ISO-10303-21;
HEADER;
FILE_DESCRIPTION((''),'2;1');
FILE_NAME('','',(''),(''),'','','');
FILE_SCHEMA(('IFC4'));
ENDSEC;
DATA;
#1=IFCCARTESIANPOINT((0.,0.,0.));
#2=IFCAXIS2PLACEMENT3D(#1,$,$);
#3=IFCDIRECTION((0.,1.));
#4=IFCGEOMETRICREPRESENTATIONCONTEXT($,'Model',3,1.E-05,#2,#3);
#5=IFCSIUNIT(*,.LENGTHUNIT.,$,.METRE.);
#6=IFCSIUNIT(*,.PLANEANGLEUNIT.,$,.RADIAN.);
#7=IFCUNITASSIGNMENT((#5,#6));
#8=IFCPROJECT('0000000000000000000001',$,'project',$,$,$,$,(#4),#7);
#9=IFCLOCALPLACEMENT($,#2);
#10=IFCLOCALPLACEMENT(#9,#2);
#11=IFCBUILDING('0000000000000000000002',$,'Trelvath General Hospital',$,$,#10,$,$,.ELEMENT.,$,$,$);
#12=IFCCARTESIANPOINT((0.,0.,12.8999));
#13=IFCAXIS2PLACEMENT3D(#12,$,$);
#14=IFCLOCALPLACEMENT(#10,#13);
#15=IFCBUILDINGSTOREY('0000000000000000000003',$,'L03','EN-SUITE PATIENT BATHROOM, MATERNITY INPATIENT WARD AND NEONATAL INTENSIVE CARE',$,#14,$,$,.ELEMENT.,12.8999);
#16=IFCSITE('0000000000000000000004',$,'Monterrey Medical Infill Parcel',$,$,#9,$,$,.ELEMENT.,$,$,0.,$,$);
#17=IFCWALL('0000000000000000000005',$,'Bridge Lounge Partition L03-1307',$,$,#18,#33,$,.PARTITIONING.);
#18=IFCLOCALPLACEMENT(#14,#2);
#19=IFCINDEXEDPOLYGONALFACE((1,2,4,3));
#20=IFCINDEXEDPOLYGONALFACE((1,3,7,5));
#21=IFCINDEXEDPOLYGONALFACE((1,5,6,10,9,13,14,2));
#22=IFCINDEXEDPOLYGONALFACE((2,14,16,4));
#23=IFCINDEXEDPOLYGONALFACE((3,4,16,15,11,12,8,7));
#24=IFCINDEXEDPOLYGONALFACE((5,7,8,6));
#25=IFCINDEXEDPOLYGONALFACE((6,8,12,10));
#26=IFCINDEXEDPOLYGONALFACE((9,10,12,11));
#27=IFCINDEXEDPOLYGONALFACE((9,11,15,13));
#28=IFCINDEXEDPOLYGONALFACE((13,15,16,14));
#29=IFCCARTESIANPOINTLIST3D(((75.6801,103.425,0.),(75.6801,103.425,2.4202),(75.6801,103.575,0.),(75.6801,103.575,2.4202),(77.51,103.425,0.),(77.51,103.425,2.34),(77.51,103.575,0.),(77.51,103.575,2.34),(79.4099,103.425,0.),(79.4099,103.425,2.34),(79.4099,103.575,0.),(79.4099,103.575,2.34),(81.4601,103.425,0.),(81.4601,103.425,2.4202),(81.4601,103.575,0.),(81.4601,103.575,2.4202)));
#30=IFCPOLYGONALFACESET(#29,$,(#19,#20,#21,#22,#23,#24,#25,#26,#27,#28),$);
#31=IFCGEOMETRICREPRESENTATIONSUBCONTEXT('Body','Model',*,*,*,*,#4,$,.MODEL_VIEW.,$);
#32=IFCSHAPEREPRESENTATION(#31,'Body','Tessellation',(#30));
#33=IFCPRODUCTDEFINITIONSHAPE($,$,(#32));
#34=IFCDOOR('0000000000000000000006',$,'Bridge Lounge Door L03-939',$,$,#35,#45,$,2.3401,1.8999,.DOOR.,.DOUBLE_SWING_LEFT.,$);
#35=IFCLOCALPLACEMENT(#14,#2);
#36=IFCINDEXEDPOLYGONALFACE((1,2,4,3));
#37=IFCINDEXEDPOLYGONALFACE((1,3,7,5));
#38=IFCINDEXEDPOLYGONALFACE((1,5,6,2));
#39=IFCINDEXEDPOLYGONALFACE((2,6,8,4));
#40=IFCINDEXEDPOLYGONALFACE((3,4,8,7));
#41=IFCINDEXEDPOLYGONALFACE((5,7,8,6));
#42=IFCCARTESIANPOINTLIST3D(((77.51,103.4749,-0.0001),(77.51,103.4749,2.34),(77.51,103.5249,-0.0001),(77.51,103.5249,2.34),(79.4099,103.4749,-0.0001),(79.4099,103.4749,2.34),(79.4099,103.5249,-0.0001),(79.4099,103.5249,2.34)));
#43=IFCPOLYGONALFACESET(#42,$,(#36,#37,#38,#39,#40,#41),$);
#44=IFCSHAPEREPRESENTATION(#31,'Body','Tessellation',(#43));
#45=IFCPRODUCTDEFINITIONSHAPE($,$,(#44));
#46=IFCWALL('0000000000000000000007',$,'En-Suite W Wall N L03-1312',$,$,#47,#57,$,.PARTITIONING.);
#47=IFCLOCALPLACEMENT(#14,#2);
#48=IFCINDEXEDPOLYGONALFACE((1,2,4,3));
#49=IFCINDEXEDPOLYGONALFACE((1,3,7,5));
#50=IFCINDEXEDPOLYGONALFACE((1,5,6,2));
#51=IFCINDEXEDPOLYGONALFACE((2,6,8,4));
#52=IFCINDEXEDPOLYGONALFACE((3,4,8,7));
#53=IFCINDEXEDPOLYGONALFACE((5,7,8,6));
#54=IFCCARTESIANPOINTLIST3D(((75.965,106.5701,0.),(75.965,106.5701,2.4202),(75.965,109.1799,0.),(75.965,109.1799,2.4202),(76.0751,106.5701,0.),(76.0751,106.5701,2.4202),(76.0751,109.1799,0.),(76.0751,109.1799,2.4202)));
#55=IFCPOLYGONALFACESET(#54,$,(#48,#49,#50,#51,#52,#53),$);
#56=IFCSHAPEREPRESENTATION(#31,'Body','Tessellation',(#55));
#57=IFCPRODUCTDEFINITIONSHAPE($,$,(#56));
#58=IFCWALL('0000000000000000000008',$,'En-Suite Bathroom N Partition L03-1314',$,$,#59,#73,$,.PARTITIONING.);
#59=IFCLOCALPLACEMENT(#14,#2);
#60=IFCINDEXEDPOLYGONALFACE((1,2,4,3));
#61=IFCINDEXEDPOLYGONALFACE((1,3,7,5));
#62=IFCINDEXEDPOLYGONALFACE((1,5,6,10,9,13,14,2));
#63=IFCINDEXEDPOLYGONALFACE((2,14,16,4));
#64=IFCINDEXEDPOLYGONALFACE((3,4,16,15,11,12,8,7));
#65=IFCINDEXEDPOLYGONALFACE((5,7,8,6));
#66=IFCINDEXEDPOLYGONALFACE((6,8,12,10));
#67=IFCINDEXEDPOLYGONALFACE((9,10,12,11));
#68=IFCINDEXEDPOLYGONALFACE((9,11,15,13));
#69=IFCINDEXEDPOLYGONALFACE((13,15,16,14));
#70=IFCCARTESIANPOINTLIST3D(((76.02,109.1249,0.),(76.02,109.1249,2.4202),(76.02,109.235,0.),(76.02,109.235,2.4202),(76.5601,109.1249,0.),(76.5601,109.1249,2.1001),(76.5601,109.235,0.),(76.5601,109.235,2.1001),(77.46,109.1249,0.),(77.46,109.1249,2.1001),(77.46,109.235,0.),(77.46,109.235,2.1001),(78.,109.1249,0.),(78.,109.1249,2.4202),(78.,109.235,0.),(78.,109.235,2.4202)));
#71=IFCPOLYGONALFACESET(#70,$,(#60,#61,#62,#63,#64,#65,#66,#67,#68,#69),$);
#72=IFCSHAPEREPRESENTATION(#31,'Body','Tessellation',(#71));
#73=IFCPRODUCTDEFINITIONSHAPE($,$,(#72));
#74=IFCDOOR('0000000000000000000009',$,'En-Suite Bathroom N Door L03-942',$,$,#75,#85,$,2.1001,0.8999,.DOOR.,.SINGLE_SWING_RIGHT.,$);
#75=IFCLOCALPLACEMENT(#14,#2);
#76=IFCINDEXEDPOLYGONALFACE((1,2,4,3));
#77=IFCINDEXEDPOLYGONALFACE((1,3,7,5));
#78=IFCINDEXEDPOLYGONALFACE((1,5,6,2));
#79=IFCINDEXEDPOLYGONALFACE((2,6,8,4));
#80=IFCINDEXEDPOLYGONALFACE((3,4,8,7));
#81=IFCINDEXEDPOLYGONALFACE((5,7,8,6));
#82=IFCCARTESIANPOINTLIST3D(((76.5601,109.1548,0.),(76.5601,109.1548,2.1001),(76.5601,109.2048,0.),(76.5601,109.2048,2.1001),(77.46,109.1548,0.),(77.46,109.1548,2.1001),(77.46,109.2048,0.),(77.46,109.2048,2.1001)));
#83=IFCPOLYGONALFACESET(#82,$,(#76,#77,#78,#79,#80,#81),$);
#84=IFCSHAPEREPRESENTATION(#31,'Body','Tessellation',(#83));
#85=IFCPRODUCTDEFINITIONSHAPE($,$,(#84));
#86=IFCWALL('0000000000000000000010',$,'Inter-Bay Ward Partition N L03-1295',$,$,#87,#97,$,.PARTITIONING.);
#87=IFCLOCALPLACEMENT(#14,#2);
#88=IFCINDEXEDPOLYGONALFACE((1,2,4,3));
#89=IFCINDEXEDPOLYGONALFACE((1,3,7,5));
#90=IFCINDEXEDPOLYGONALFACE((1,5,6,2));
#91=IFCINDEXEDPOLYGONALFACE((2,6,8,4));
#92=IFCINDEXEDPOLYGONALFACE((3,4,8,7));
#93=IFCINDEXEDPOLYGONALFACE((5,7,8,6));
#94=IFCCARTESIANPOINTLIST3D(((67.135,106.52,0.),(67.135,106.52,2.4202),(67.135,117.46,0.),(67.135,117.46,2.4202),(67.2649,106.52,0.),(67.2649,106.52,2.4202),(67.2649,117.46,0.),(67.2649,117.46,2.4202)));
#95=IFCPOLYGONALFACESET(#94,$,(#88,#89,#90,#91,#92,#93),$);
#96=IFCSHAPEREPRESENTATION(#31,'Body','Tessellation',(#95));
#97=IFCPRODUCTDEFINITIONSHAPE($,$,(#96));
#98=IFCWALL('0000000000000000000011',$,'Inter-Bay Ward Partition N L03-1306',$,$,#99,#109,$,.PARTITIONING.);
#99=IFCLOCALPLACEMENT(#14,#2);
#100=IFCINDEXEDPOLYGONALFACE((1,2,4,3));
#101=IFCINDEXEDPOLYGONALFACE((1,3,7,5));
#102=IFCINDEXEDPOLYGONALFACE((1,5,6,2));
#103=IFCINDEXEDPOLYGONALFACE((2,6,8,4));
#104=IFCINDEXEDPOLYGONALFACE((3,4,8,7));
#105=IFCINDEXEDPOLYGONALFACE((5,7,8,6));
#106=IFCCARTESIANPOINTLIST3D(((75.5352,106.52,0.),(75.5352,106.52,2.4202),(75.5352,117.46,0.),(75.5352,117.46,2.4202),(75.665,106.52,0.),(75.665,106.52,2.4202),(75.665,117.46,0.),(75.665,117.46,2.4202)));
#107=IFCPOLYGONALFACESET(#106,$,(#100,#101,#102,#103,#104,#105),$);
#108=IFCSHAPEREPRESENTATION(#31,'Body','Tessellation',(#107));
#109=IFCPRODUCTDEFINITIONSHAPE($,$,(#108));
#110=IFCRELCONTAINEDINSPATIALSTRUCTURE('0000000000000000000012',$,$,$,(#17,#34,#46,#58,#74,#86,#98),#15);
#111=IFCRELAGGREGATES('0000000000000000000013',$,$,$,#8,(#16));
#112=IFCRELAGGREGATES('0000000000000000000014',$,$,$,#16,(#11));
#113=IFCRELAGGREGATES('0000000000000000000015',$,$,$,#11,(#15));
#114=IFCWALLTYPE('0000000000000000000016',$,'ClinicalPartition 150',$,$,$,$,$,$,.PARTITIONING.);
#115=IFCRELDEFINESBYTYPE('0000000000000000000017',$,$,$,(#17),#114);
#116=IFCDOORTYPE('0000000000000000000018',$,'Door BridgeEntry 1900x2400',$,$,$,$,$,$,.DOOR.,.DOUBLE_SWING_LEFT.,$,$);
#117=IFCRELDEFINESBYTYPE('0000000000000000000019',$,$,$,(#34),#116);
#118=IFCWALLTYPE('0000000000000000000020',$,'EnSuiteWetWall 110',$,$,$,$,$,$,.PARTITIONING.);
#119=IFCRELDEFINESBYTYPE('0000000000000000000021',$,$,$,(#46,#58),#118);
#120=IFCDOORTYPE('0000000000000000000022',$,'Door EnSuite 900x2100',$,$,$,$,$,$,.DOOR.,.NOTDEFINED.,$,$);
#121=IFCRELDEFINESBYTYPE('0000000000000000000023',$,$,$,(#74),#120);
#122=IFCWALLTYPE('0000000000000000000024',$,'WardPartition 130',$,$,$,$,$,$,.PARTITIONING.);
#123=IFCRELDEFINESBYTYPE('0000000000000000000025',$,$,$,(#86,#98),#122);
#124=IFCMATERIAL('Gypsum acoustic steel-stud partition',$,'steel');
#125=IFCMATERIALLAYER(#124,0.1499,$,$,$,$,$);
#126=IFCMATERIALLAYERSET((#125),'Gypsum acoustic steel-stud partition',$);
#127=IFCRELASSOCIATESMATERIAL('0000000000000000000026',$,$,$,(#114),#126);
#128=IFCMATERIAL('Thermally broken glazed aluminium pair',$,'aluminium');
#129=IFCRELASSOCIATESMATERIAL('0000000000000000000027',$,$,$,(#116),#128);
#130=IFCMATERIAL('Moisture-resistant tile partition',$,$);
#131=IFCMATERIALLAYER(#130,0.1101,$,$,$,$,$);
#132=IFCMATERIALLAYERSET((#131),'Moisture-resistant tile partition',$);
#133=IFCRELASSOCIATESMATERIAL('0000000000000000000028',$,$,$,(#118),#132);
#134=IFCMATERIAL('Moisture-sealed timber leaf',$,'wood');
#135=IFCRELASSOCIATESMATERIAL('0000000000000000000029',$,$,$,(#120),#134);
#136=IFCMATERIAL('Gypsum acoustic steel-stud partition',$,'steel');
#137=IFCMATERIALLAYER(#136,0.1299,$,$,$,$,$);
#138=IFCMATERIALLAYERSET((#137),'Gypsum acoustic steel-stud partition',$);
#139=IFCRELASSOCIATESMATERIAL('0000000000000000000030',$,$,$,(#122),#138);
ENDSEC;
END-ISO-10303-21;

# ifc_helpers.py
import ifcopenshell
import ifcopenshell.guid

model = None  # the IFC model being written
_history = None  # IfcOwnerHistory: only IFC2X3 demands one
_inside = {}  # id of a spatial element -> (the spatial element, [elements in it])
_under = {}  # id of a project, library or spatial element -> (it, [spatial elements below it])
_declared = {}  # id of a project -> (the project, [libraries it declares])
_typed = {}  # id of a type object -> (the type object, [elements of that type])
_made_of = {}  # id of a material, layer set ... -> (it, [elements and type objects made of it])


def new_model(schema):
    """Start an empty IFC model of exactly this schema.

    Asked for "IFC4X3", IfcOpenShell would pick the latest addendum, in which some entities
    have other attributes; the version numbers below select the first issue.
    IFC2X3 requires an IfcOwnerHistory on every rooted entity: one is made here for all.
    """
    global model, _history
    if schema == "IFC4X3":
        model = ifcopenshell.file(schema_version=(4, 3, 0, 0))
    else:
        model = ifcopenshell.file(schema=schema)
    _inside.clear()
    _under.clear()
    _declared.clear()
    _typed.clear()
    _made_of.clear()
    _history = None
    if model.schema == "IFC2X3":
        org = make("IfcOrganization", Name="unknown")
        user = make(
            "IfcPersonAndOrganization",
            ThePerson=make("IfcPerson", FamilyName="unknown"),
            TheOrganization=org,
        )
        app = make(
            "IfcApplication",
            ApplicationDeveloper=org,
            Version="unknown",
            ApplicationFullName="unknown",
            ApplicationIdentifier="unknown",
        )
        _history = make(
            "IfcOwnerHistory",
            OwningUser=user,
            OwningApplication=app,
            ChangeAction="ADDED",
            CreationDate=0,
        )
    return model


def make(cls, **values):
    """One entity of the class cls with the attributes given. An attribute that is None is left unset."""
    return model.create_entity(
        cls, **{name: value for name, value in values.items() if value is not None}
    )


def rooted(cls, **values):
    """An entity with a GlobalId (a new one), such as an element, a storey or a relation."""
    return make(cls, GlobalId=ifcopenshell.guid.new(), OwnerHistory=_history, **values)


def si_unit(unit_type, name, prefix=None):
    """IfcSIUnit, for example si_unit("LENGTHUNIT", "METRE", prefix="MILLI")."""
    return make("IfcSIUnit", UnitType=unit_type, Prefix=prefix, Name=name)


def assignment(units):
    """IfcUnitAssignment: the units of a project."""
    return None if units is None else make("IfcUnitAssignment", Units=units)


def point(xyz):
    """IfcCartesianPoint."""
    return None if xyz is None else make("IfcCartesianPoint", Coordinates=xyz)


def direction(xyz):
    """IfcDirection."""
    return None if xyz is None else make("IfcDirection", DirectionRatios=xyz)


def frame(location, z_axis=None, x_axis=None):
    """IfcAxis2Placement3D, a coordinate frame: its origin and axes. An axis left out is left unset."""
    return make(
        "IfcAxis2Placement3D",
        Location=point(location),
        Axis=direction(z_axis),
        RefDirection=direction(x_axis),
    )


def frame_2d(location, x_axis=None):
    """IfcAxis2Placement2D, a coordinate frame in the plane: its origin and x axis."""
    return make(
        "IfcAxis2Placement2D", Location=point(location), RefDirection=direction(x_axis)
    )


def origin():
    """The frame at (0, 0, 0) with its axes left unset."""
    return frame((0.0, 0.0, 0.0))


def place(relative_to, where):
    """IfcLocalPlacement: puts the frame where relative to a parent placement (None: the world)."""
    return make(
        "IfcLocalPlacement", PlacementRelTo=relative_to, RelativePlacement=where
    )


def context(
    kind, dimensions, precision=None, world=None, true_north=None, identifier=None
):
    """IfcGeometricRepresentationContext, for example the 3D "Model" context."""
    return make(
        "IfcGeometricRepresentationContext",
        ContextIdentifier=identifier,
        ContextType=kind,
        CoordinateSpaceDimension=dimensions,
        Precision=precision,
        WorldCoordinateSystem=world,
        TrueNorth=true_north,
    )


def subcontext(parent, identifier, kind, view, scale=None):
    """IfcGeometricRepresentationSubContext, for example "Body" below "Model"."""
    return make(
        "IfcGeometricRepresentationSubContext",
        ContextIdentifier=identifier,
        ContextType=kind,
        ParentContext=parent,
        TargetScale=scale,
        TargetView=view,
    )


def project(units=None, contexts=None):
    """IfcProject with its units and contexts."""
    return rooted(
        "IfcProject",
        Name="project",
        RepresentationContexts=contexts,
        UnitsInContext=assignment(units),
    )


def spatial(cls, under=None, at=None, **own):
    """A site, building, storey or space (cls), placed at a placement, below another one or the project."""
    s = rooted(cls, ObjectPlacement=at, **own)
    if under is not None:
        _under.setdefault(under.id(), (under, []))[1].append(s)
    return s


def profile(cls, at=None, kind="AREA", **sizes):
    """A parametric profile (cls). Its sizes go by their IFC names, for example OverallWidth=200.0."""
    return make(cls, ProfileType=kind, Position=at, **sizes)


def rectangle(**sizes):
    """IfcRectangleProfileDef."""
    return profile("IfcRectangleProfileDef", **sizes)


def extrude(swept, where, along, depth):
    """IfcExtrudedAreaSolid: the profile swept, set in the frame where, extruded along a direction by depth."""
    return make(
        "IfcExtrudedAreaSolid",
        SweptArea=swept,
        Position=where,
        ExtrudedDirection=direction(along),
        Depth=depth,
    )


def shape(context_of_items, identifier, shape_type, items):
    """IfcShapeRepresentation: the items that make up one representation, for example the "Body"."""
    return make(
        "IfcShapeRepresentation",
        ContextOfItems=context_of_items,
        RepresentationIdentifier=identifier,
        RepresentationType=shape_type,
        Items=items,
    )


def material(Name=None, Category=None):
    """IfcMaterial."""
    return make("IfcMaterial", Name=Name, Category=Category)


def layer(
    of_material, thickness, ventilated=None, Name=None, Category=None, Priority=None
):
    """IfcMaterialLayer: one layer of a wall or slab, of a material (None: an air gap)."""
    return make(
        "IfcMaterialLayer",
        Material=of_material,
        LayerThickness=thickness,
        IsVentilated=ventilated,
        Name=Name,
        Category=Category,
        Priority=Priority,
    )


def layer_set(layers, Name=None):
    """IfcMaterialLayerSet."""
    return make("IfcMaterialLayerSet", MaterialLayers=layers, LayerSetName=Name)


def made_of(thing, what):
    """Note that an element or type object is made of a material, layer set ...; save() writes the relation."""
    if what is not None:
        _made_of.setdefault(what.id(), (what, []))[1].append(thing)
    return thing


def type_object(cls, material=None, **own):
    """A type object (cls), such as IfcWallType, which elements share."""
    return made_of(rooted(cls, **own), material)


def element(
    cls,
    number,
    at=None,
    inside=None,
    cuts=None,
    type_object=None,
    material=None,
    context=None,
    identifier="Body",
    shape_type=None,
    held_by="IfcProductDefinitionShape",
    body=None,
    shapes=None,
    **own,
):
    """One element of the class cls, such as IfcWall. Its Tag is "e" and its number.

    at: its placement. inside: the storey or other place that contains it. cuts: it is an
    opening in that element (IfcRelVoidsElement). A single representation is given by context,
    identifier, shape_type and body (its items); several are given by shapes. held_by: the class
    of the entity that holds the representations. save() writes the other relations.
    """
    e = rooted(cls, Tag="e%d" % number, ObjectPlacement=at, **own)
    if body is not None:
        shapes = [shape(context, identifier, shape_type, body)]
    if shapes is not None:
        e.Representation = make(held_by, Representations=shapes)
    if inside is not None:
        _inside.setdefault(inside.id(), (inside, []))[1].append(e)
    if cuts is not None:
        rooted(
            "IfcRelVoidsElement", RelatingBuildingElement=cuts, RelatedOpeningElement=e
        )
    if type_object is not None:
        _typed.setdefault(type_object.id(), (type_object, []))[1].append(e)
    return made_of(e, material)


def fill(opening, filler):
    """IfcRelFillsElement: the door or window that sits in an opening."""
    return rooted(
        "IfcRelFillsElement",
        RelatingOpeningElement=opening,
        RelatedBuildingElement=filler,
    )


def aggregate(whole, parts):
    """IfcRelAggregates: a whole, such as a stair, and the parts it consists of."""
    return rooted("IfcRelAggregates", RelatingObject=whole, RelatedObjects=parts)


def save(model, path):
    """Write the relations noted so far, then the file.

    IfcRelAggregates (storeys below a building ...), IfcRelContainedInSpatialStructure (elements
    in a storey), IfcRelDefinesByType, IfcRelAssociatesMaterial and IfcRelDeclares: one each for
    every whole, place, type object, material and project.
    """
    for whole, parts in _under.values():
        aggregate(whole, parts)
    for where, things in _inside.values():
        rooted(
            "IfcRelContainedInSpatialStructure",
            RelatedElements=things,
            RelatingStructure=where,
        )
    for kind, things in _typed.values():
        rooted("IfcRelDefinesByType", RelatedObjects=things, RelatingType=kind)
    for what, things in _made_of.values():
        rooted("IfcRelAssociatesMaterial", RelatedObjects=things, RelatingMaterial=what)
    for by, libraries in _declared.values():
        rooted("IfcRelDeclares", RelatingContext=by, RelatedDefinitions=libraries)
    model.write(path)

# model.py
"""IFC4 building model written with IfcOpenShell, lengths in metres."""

from ifc_helpers import new_model, si_unit, direction, frame, frame_2d, origin, place, context, subcontext, project, spatial, rectangle, extrude, material, layer, layer_set, type_object, element, fill, save


model = new_model("IFC4")

# Units and contexts
model_context = context("Model", 3, precision=1e-05, world=origin(), true_north=direction((0.0, 1.0)))
body_context = subcontext(model_context, "Body", "Model", "MODEL_VIEW")
ifc_project = project(units=[si_unit("LENGTHUNIT", "METRE"), si_unit("PLANEANGLEUNIT", "RADIAN")], contexts=[model_context])

# Site, building, storey
site_placement = place(None, origin())
site = spatial("IfcSite", under=ifc_project, at=site_placement, Name="Monterrey Medical Infill Parcel", CompositionType="ELEMENT", RefElevation=0.0)
building_placement = place(site_placement, origin())
building = spatial("IfcBuilding", under=site, at=building_placement, Name="Trelvath General Hospital", CompositionType="ELEMENT")
storey_placement = place(building_placement, frame((0.0, 0.0, 12.8999)))
storey = spatial("IfcBuildingStorey", under=building, at=storey_placement, Name="L03", Description="EN-SUITE PATIENT BATHROOM, MATERNITY INPATIENT WARD AND NEONATAL INTENSIVE CARE", CompositionType="ELEMENT", Elevation=12.8999)

# Shared definitions
ifc_material_1 = material(Name="Gypsum acoustic steel-stud partition", Category="steel")
ifc_layer_1 = layer(ifc_material_1, 0.1499)
ifc_layer_set_1 = layer_set([ifc_layer_1], Name="Gypsum acoustic steel-stud partition")
wall_type_1 = type_object("IfcWallType", Name="ClinicalPartition 150", PredefinedType="PARTITIONING", material=ifc_layer_set_1)

# Wall, opening, door
wall_1_placement = place(storey_placement, frame((75.6799, 103.5, 0.0), z_axis=(0.0, 0.0, 1.0), x_axis=(1.0, 0.0, 0.0)))
wall_1 = element("IfcWall", 1, at=wall_1_placement, inside=storey, type_object=wall_type_1, Name="Bridge Lounge Partition L03-1307", PredefinedType="PARTITIONING", context=body_context, shape_type="SweptSolid", body=[
    extrude(rectangle(XDim=5.78, YDim=0.1499, at=frame_2d((2.8901, 0.0))), origin(), (0.0, 0.0, 1.0), 2.4202),
])
opening_1_placement = place(wall_1_placement, frame((1.8301, 0.0, 0.0)))
opening_1 = element("IfcOpeningElement", 2, at=opening_1_placement, cuts=wall_1, PredefinedType="OPENING", context=body_context, shape_type="SweptSolid", body=[
    extrude(rectangle(XDim=1.8999, YDim=2.3401, at=frame_2d((0.95, 1.1699))), frame((0.0, 0.085, 0.0), z_axis=(0.0, -1.0, 0.0), x_axis=(1.0, 0.0, 0.0)), (0.0, 0.0, 1.0), 0.1699),
])
ifc_material_2 = material(Name="Thermally broken glazed aluminium pair", Category="aluminium")
door_type_1 = type_object("IfcDoorType", Name="Door BridgeEntry 1900x2400", OperationType="DOUBLE_SWING_LEFT", PredefinedType="DOOR", material=ifc_material_2)
door_1_placement = place(opening_1_placement, origin())
door_1 = element("IfcDoor", 3, at=door_1_placement, inside=storey, type_object=door_type_1, Name="Bridge Lounge Door L03-939", OperationType="DOUBLE_SWING_LEFT", OverallHeight=2.3401, OverallWidth=1.8999, PredefinedType="DOOR", context=body_context, shape_type="SweptSolid", body=[
    extrude(rectangle(XDim=1.8999, YDim=2.3401, at=frame_2d((0.95, 1.1699))), frame((0.0, 0.0249, 0.0), z_axis=(0.0, -1.0, 0.0), x_axis=(1.0, 0.0, 0.0)), (0.0, 0.0, 1.0), 0.05),
])
fill(opening_1, door_1)

# Wall
ifc_material_3 = material(Name="Moisture-resistant tile partition")
ifc_layer_2 = layer(ifc_material_3, 0.1101)
ifc_layer_set_2 = layer_set([ifc_layer_2], Name="Moisture-resistant tile partition")
wall_type_2 = type_object("IfcWallType", Name="EnSuiteWetWall 110", PredefinedType="PARTITIONING", material=ifc_layer_set_2)
wall_2_placement = place(storey_placement, frame((76.02, 106.5701, 0.0), z_axis=(0.0, 0.0, 1.0), x_axis=(0.0, 1.0, 0.0)))
element("IfcWall", 4, at=wall_2_placement, inside=storey, type_object=wall_type_2, Name="En-Suite W Wall N L03-1312", PredefinedType="PARTITIONING", context=body_context, shape_type="SweptSolid", body=[
    extrude(rectangle(XDim=2.6099, YDim=0.1101, at=frame_2d((1.3049, 0.0))), origin(), (0.0, 0.0, 1.0), 2.4202),
])

# Wall, opening, door
wall_3_placement = place(storey_placement, frame((76.02, 109.1799, 0.0), z_axis=(0.0, 0.0, 1.0), x_axis=(1.0, 0.0, 0.0)))
wall_3 = element("IfcWall", 5, at=wall_3_placement, inside=storey, type_object=wall_type_2, Name="En-Suite Bathroom N Partition L03-1314", PredefinedType="PARTITIONING", context=body_context, shape_type="SweptSolid", body=[
    extrude(rectangle(XDim=1.98, YDim=0.1101, at=frame_2d((0.99, 0.0))), origin(), (0.0, 0.0, 1.0), 2.4202),
])
opening_2_placement = place(wall_3_placement, frame((0.54, 0.0, 0.0)))
opening_2 = element("IfcOpeningElement", 6, at=opening_2_placement, cuts=wall_3, PredefinedType="OPENING", context=body_context, shape_type="SweptSolid", body=[
    extrude(rectangle(XDim=0.8999, YDim=2.1001, at=frame_2d((0.45, 1.05))), frame((0.0, 0.0649, 0.0), z_axis=(0.0, -1.0, 0.0), x_axis=(1.0, 0.0, 0.0)), (0.0, 0.0, 1.0), 0.1301),
])
ifc_material_4 = material(Name="Moisture-sealed timber leaf", Category="wood")
door_type_2 = type_object("IfcDoorType", Name="Door EnSuite 900x2100", OperationType="NOTDEFINED", PredefinedType="DOOR", material=ifc_material_4)
door_2_placement = place(opening_2_placement, origin())
door_2 = element("IfcDoor", 7, at=door_2_placement, inside=storey, type_object=door_type_2, Name="En-Suite Bathroom N Door L03-942", OperationType="SINGLE_SWING_RIGHT", OverallHeight=2.1001, OverallWidth=0.8999, PredefinedType="DOOR", context=body_context, shape_type="SweptSolid", body=[
    extrude(rectangle(XDim=0.8999, YDim=2.1001, at=frame_2d((0.45, 1.05))), frame((0.0, 0.0249, 0.0), z_axis=(0.0, -1.0, 0.0), x_axis=(1.0, 0.0, 0.0)), (0.0, 0.0, 1.0), 0.05),
])
fill(opening_2, door_2)

# Walls
ifc_material_5 = material(Name="Gypsum acoustic steel-stud partition", Category="steel")
ifc_layer_3 = layer(ifc_material_5, 0.1299)
ifc_layer_set_3 = layer_set([ifc_layer_3], Name="Gypsum acoustic steel-stud partition")
wall_type_3 = type_object("IfcWallType", Name="WardPartition 130", PredefinedType="PARTITIONING", material=ifc_layer_set_3)
for number, where, z_axis, x_axis, name in (
    (8, (67.2, 106.52, 0.0), (0.0, 0.0, 1.0), (0.0, 1.0, 0.0), "Inter-Bay Ward Partition N L03-1295"),
    (9, (75.6001, 106.52, 0.0), (0.0, 0.0, 1.0), (0.0, 1.0, 0.0), "Inter-Bay Ward Partition N L03-1306"),
):
    element("IfcWall", number, at=place(storey_placement, frame(where, z_axis=z_axis, x_axis=x_axis)), inside=storey, type_object=wall_type_3, Name=name, PredefinedType="PARTITIONING", context=body_context, shape_type="SweptSolid", body=[
        extrude(rectangle(XDim=10.9399, YDim=0.1299, at=frame_2d((5.47, 0.0))), origin(), (0.0, 0.0, 1.0), 2.4202),
    ])

save(model, "model.ifc")
